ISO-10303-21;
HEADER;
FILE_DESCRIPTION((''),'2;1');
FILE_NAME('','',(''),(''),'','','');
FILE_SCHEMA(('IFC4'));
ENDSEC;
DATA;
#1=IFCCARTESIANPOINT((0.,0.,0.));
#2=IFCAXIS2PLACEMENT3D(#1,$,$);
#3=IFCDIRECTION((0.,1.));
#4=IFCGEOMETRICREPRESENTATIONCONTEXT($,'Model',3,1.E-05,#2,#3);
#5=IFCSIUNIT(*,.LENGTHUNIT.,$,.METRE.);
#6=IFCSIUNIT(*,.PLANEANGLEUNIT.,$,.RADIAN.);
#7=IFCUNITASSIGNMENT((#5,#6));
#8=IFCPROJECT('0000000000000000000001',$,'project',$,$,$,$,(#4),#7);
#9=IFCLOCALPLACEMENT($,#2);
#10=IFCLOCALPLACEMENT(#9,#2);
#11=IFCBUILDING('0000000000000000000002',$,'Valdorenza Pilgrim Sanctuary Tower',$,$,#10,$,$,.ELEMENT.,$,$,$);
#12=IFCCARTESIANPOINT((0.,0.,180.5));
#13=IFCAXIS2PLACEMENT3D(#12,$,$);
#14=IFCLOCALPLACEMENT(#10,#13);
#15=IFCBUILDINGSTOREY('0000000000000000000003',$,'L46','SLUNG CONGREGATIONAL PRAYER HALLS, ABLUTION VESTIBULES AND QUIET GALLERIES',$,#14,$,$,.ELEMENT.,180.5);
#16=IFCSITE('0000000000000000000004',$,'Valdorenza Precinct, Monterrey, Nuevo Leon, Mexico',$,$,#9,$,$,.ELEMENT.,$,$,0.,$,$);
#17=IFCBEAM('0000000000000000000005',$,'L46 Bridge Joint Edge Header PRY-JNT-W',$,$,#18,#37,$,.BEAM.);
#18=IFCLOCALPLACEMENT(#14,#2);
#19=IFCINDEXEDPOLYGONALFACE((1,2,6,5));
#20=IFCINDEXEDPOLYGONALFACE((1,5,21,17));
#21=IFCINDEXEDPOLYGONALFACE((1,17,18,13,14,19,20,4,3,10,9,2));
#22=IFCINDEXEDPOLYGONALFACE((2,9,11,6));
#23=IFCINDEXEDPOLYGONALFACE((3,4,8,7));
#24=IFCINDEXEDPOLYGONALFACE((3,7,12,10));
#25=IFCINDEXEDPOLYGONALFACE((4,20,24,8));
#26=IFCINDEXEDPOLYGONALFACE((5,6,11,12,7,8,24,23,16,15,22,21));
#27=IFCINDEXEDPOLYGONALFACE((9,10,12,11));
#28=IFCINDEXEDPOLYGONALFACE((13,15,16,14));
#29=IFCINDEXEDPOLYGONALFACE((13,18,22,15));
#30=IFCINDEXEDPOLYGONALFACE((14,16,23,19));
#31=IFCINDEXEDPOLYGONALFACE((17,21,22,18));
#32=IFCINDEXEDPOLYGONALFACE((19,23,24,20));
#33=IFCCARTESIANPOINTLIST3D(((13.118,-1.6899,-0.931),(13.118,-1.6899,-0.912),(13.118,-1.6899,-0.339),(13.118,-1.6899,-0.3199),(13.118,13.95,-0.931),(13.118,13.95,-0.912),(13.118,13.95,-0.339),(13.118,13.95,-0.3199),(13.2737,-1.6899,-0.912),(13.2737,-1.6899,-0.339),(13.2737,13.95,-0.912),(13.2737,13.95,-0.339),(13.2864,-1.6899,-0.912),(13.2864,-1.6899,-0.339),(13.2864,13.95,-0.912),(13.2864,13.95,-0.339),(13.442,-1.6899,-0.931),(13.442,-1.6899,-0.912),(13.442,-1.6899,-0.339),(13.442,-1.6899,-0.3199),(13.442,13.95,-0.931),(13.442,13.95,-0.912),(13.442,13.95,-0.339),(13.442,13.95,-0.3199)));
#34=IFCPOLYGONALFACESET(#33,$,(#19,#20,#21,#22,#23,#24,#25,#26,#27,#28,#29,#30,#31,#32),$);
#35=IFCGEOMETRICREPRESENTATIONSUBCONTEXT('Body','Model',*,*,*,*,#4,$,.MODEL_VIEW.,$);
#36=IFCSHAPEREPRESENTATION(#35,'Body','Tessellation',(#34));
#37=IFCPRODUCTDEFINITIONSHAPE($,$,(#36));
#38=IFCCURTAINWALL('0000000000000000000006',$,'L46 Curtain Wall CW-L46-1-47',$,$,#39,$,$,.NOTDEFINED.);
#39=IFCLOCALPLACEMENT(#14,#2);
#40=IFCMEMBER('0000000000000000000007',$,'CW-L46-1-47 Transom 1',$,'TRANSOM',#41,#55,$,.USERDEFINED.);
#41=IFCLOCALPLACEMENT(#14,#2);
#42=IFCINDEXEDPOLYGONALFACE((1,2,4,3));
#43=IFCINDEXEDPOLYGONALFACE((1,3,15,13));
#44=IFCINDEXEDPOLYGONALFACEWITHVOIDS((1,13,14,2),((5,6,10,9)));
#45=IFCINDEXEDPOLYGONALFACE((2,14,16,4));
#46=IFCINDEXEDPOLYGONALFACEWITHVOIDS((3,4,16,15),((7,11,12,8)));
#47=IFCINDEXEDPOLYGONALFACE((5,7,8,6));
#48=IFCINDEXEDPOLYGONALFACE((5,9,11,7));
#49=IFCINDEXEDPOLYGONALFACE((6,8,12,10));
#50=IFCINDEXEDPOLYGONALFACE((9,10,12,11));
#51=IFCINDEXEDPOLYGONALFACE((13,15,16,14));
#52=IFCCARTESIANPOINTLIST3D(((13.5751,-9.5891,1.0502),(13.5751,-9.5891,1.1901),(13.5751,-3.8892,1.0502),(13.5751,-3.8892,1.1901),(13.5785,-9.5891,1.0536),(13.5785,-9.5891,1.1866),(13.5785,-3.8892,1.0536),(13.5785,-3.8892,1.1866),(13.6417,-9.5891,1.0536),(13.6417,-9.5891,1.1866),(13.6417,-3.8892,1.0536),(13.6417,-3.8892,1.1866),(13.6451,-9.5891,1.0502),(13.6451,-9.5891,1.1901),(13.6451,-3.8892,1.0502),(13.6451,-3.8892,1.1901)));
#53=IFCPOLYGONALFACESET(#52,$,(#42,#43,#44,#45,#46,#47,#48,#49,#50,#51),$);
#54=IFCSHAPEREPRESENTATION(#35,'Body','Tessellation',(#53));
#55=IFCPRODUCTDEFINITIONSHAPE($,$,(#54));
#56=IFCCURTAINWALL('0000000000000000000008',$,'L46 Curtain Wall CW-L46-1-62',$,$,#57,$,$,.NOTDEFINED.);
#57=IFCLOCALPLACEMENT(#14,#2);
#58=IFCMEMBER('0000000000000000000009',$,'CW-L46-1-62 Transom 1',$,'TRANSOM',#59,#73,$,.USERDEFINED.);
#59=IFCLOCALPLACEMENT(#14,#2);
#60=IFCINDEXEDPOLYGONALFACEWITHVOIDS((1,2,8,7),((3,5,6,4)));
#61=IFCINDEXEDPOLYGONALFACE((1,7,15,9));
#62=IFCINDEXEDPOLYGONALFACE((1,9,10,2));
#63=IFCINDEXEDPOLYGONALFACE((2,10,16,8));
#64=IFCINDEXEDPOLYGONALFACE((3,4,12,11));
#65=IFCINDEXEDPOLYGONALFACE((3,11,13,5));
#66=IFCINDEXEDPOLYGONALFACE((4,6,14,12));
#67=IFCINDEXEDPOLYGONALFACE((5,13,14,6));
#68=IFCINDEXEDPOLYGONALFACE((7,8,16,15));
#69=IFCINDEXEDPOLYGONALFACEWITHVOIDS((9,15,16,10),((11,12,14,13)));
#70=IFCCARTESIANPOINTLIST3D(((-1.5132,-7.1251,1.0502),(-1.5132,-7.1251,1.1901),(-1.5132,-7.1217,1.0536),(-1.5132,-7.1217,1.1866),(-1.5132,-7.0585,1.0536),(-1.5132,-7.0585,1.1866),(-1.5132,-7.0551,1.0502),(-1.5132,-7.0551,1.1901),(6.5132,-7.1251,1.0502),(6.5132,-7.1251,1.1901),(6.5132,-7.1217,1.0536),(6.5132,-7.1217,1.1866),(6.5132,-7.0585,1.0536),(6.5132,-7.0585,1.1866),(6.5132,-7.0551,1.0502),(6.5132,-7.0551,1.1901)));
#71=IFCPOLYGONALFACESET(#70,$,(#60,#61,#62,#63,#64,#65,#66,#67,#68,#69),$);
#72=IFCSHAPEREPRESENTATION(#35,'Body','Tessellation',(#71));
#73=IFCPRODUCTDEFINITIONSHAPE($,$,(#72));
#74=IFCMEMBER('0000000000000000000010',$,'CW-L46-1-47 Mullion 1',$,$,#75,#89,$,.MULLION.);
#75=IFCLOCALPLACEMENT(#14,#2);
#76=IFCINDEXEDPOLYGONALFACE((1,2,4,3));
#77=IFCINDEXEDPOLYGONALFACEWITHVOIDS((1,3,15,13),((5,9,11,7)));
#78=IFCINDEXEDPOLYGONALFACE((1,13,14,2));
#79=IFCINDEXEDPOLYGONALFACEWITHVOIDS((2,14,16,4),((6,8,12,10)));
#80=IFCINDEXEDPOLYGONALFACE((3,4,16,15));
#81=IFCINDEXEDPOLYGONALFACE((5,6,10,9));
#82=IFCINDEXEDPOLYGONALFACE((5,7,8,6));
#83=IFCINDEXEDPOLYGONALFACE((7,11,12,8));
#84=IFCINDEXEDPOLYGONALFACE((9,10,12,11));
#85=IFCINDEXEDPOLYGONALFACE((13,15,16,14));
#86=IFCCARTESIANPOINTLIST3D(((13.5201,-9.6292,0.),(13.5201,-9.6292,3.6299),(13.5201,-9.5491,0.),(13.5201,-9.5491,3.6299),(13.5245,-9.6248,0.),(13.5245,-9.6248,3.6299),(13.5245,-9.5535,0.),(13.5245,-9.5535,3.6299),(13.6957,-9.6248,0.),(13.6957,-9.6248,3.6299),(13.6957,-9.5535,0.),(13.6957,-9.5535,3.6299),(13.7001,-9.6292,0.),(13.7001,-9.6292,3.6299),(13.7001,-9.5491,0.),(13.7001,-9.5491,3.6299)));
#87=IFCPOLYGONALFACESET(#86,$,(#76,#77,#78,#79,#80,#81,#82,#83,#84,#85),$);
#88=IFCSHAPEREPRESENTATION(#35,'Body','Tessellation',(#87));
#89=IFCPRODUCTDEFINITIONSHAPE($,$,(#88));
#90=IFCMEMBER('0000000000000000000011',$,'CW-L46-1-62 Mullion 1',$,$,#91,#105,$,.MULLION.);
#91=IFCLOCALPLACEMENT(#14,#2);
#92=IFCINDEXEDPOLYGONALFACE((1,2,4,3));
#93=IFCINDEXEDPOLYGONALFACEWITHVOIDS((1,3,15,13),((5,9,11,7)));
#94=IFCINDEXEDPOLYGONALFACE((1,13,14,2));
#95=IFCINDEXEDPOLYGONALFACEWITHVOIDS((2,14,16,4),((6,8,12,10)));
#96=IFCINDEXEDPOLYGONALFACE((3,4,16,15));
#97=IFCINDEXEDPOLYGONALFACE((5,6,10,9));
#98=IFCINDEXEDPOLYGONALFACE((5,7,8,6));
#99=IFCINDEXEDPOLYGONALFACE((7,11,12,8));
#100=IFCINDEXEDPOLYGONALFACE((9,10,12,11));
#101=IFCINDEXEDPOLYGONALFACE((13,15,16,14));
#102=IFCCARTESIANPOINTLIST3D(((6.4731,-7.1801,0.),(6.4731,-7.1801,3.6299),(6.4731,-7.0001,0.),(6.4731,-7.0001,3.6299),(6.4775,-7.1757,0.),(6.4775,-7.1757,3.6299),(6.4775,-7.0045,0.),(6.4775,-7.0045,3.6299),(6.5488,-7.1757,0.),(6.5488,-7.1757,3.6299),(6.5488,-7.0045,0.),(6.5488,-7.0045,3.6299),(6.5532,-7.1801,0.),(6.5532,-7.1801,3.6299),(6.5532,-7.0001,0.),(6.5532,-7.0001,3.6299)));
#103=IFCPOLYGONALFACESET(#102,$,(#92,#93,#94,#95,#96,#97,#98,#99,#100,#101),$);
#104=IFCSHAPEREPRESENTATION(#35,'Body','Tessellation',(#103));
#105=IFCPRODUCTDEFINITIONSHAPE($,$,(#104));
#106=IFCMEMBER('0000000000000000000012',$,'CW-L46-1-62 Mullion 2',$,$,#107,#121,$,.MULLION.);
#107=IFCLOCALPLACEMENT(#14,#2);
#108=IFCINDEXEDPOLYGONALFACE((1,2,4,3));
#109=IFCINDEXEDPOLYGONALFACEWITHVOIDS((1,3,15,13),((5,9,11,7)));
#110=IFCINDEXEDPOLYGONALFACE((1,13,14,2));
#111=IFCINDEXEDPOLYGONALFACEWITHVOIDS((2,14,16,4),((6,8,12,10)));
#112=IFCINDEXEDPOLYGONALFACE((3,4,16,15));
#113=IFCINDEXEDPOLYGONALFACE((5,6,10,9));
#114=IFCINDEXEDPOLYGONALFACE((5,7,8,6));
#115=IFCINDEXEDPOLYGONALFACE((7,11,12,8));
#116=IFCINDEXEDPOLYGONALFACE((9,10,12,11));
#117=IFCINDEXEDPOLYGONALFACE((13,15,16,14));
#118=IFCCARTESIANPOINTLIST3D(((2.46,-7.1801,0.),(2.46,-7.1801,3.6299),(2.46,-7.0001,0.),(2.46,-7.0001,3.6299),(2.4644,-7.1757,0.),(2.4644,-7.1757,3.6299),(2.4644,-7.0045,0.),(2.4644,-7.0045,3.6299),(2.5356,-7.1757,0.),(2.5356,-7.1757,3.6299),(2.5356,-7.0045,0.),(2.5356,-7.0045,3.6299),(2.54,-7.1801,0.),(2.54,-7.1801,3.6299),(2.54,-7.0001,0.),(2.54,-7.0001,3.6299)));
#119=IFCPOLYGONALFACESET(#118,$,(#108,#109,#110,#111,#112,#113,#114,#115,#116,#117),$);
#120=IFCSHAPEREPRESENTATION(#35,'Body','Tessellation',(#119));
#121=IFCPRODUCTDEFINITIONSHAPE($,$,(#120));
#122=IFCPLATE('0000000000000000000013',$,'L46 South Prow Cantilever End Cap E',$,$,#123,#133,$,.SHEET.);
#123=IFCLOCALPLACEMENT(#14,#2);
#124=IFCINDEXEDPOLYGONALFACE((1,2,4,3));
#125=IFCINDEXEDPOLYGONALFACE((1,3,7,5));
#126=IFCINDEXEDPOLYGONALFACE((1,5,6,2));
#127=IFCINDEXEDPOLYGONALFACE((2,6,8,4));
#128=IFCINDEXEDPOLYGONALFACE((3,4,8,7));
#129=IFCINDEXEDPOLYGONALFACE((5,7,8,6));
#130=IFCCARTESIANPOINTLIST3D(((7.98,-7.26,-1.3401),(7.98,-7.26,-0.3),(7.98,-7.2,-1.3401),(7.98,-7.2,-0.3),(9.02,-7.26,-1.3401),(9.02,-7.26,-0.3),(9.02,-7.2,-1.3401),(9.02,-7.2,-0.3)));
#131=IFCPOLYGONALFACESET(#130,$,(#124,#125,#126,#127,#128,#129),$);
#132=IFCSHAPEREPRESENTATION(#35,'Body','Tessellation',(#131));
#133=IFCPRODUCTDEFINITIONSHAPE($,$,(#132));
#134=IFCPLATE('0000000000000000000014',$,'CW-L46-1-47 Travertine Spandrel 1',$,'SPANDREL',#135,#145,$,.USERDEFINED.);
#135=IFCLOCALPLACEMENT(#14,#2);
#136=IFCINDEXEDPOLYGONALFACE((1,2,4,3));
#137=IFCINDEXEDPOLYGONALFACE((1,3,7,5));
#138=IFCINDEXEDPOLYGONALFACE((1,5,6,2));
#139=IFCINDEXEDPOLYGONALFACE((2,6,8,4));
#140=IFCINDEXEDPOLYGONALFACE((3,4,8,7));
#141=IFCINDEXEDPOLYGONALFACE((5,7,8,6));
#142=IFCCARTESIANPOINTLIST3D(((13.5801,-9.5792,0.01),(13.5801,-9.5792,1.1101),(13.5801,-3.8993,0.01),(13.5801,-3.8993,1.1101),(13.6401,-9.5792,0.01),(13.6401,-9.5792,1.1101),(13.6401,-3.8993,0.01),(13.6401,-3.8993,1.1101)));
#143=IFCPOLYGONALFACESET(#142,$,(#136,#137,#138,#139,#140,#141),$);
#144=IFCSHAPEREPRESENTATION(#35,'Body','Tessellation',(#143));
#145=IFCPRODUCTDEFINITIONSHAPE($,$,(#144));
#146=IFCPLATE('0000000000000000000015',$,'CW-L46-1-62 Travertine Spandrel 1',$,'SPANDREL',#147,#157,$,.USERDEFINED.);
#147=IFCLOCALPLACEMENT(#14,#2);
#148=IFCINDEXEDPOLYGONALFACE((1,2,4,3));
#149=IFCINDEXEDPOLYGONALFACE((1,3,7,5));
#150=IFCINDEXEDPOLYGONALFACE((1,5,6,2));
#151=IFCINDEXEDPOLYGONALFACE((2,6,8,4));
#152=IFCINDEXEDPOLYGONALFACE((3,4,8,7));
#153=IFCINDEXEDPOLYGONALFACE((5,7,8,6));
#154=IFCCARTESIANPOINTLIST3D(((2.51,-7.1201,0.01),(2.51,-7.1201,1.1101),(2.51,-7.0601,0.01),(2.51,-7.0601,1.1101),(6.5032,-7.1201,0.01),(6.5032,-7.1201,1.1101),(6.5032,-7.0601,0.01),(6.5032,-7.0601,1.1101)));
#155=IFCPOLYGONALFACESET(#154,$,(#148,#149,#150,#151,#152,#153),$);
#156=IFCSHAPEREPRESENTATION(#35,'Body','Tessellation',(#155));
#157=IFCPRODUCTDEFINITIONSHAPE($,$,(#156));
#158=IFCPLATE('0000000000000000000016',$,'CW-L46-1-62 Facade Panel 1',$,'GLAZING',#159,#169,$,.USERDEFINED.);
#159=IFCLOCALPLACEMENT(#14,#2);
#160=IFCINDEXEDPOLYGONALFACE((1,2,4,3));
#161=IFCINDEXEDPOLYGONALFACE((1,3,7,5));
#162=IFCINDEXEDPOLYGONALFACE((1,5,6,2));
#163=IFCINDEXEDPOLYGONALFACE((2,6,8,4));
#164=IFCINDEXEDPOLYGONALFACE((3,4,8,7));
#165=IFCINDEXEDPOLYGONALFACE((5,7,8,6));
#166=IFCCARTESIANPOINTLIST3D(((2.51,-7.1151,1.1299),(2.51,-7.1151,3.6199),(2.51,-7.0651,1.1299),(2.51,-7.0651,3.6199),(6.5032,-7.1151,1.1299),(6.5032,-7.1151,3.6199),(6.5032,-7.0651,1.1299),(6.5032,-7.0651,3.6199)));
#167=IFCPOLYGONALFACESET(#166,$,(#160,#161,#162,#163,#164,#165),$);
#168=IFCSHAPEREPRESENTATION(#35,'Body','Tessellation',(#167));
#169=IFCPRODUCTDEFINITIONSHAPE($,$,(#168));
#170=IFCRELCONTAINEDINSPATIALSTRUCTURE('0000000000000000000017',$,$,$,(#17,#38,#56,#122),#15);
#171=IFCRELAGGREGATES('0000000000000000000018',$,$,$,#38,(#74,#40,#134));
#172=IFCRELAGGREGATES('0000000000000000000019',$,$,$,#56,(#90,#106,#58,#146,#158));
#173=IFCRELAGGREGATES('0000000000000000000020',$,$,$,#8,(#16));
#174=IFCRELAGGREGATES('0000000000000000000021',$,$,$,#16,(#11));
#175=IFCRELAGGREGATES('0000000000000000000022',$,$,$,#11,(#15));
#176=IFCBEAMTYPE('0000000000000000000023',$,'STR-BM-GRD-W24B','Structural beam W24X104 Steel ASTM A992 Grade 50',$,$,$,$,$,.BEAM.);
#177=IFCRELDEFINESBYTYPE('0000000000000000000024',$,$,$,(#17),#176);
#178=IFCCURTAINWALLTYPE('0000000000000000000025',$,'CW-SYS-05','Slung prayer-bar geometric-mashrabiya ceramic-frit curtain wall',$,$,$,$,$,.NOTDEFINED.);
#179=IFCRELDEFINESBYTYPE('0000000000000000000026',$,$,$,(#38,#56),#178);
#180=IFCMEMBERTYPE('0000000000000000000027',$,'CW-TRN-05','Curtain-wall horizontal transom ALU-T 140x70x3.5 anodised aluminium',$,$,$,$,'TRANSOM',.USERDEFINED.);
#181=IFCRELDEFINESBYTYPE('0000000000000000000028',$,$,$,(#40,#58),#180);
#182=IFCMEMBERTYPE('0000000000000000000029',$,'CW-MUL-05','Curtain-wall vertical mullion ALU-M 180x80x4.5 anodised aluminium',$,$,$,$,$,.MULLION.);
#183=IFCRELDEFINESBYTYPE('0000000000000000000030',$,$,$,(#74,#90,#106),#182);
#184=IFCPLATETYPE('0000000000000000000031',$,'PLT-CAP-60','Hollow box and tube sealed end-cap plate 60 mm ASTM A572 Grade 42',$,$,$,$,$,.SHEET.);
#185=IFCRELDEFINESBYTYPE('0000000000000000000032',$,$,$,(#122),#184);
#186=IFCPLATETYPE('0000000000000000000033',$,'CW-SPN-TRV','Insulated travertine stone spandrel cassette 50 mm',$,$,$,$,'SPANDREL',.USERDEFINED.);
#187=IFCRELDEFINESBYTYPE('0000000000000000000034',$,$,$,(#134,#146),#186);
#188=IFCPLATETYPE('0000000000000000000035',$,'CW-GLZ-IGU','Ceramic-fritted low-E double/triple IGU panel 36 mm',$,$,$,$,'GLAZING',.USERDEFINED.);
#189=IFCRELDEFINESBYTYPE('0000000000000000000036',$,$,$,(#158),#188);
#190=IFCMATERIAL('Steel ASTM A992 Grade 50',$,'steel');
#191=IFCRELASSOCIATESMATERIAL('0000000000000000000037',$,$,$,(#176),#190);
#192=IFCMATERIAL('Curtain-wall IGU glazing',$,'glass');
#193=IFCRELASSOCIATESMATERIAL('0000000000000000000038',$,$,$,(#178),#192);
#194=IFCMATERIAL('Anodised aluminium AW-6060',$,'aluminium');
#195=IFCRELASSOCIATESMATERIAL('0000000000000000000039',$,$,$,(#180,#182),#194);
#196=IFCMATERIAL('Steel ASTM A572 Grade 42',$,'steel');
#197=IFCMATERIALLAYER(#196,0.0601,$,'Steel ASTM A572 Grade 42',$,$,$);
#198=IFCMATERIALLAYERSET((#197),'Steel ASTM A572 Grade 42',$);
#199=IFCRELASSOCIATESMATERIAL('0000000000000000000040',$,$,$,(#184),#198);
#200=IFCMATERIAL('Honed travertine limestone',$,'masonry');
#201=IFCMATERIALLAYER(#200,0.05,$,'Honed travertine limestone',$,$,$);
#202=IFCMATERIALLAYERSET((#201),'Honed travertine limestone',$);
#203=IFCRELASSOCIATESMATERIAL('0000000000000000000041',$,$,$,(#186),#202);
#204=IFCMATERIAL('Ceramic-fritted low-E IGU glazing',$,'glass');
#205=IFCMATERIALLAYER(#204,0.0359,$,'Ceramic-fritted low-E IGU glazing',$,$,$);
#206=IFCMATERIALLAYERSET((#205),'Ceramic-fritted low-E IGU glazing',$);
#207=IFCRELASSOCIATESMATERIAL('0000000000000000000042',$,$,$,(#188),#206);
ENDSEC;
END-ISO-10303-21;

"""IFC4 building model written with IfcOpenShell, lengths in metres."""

from ifc_helpers import new_model, si_unit, direction, frame, origin, origin_2d, place, context, subcontext, project, spatial, rectangle, hollow_rectangle, i_section, extrude, source, transform, mapped, material, layer, layer_set, material_profile, profile_set, type_object, element, aggregate, save


model = new_model("IFC4")

# Units and contexts
model_context = context("Model", 3, precision=1e-05, world=origin(), true_north=direction((0.0, 1.0)))
body_context = subcontext(model_context, "Body", "Model", "MODEL_VIEW")
ifc_project = project(units=[si_unit("LENGTHUNIT", "METRE"), si_unit("PLANEANGLEUNIT", "RADIAN")], contexts=[model_context])

# Site, building, storey
site_placement = place(None, origin())
site = spatial("IfcSite", under=ifc_project, at=site_placement, Name="Valdorenza Precinct, Monterrey, Nuevo Leon, Mexico", CompositionType="ELEMENT", RefElevation=0.0)
building_placement = place(site_placement, origin())
building = spatial("IfcBuilding", under=site, at=building_placement, Name="Valdorenza Pilgrim Sanctuary Tower", CompositionType="ELEMENT")
storey_placement = place(building_placement, frame((0.0, 0.0, 180.5)))
storey = spatial("IfcBuildingStorey", under=building, at=storey_placement, Name="L46", Description="SLUNG CONGREGATIONAL PRAYER HALLS, ABLUTION VESTIBULES AND QUIET GALLERIES", CompositionType="ELEMENT", Elevation=180.5)

# Beam
ifc_material_1 = material(Name="Steel ASTM A992 Grade 50", Category="steel")
ifc_material_profile_1 = material_profile(ifc_material_1, i_section(OverallWidth=0.324, OverallDepth=0.6111, WebThickness=0.0127, FlangeThickness=0.019, at=origin_2d()), Name="W24X104")
ifc_profile_set_1 = profile_set([ifc_material_profile_1], Name="Steel ASTM A992 Grade 50")
beam_type = type_object("IfcBeamType", Name="STR-BM-GRD-W24B", Description="Structural beam W24X104 Steel ASTM A992 Grade 50", PredefinedType="BEAM", material=ifc_profile_set_1)
shared_shape_1 = source(origin(), body_context, "Body", "SweptSolid", [
    extrude(i_section(OverallWidth=0.324, OverallDepth=0.6111, WebThickness=0.0127, FlangeThickness=0.019, at=origin_2d()), origin(), (0.0, 0.0, 1.0), 15.6399),
])
beam_placement = place(storey_placement, frame((13.28, -1.6899, -0.6255), z_axis=(0.0, 1.0, 0.0), x_axis=(-1.0, 0.0, 0.0)))
element("IfcBeam", 1, at=beam_placement, inside=storey, type_object=beam_type, Name="L46 Bridge Joint Edge Header PRY-JNT-W", PredefinedType="BEAM", context=body_context, shape_type="MappedRepresentation", body=[
    mapped(shared_shape_1, transform((0.0, 0.0, 0.0), x_axis=(1.0, 0.0, 0.0), y_axis=(0.0, 1.0, 0.0), z_axis=(0.0, 0.0, 1.0), scale=1.0)),
])

# Curtain walls, members
ifc_material_2 = material(Name="Curtain-wall IGU glazing", Category="glass")
curtain_wall_type = type_object("IfcCurtainWallType", Name="CW-SYS-05", Description="Slung prayer-bar geometric-mashrabiya ceramic-frit curtain wall", PredefinedType="NOTDEFINED", material=ifc_material_2)
curtain_wall_1_placement = place(storey_placement, origin())
curtain_wall_1 = element("IfcCurtainWall", 2, at=curtain_wall_1_placement, inside=storey, type_object=curtain_wall_type, Name="L46 Curtain Wall CW-L46-1-47", PredefinedType="NOTDEFINED")
ifc_material_3 = material(Name="Anodised aluminium AW-6060", Category="aluminium")
ifc_material_profile_2 = material_profile(ifc_material_3, hollow_rectangle(XDim=0.0701, YDim=0.1399, WallThickness=0.0034, at=origin_2d()), Name="ALU-T 140x70x3.5")
ifc_profile_set_2 = profile_set([ifc_material_profile_2], Name="Anodised aluminium AW-6060")
member_type_1 = type_object("IfcMemberType", Name="CW-TRN-05", Description="Curtain-wall horizontal transom ALU-T 140x70x3.5 anodised aluminium", ElementType="TRANSOM", PredefinedType="USERDEFINED", material=ifc_profile_set_2)
shared_shape_2 = source(origin(), body_context, "Body", "SweptSolid", [
    extrude(hollow_rectangle(XDim=0.0701, YDim=0.1399, WallThickness=0.0034, at=origin_2d()), origin(), (0.0, 0.0, 1.0), 5.7),
])
member_1_placement = place(storey_placement, frame((13.6101, -9.5891, 1.1201), z_axis=(0.0, 1.0, 0.0), x_axis=(-1.0, 0.0, 0.0)))
member_1 = element("IfcMember", 3, at=member_1_placement, type_object=member_type_1, Name="CW-L46-1-47 Transom 1", ObjectType="TRANSOM", PredefinedType="USERDEFINED", context=body_context, shape_type="MappedRepresentation", body=[
    mapped(shared_shape_2, transform((0.0, 0.0, 0.0), x_axis=(1.0, 0.0, 0.0), y_axis=(0.0, 1.0, 0.0), z_axis=(0.0, 0.0, 1.0), scale=1.0)),
])
curtain_wall_2_placement = place(storey_placement, origin())
curtain_wall_2 = element("IfcCurtainWall", 4, at=curtain_wall_2_placement, inside=storey, type_object=curtain_wall_type, Name="L46 Curtain Wall CW-L46-1-62", PredefinedType="NOTDEFINED")
shared_shape_3 = source(origin(), body_context, "Body", "SweptSolid", [
    extrude(hollow_rectangle(XDim=0.0701, YDim=0.1399, WallThickness=0.0034, at=origin_2d()), origin(), (0.0, 0.0, 1.0), 8.0264),
])
member_2_placement = place(storey_placement, frame((6.5132, -7.0901, 1.1201), z_axis=(-1.0, 0.0, 0.0), x_axis=(0.0, -1.0, 0.0)))
member_2 = element("IfcMember", 5, at=member_2_placement, type_object=member_type_1, Name="CW-L46-1-62 Transom 1", ObjectType="TRANSOM", PredefinedType="USERDEFINED", context=body_context, shape_type="MappedRepresentation", body=[
    mapped(shared_shape_3, transform((0.0, 0.0, 0.0), x_axis=(1.0, 0.0, 0.0), y_axis=(0.0, 1.0, 0.0), z_axis=(0.0, 0.0, 1.0), scale=1.0)),
])

# Members
ifc_material_profile_3 = material_profile(ifc_material_3, hollow_rectangle(XDim=0.0801, YDim=0.1799, WallThickness=0.0044, at=origin_2d()), Name="ALU-M 180x80x4.5")
ifc_profile_set_3 = profile_set([ifc_material_profile_3], Name="Anodised aluminium AW-6060")
member_type_2 = type_object("IfcMemberType", Name="CW-MUL-05", Description="Curtain-wall vertical mullion ALU-M 180x80x4.5 anodised aluminium", PredefinedType="MULLION", material=ifc_profile_set_3)
shared_shape_4 = source(origin(), body_context, "Body", "SweptSolid", [
    extrude(hollow_rectangle(XDim=0.0801, YDim=0.1799, WallThickness=0.0044, at=origin_2d()), origin(), (0.0, 0.0, 1.0), 3.6299),
])
member_3_placement = place(storey_placement, frame((13.6101, -9.5891, 0.0), z_axis=(0.0, 0.0, 1.0), x_axis=(0.0, 1.0, 0.0)))
member_3 = element("IfcMember", 6, at=member_3_placement, type_object=member_type_2, Name="CW-L46-1-47 Mullion 1", PredefinedType="MULLION", context=body_context, shape_type="MappedRepresentation", body=[
    mapped(shared_shape_4, transform((0.0, 0.0, 0.0), x_axis=(1.0, 0.0, 0.0), y_axis=(0.0, 1.0, 0.0), z_axis=(0.0, 0.0, 1.0), scale=1.0)),
])
member_4_placement = place(storey_placement, frame((6.5132, -7.0901, 0.0), z_axis=(0.0, 0.0, 1.0), x_axis=(-1.0, 0.0, 0.0)))
member_4 = element("IfcMember", 7, at=member_4_placement, type_object=member_type_2, Name="CW-L46-1-62 Mullion 1", PredefinedType="MULLION", context=body_context, shape_type="MappedRepresentation", body=[
    mapped(shared_shape_4, transform((0.0, 0.0, 0.0), x_axis=(1.0, 0.0, 0.0), y_axis=(0.0, 1.0, 0.0), z_axis=(0.0, 0.0, 1.0), scale=1.0)),
])
member_5_placement = place(storey_placement, frame((2.5, -7.0901, 0.0), z_axis=(0.0, 0.0, 1.0), x_axis=(-1.0, 0.0, 0.0)))
member_5 = element("IfcMember", 8, at=member_5_placement, type_object=member_type_2, Name="CW-L46-1-62 Mullion 2", PredefinedType="MULLION", context=body_context, shape_type="MappedRepresentation", body=[
    mapped(shared_shape_4, transform((0.0, 0.0, 0.0), x_axis=(1.0, 0.0, 0.0), y_axis=(0.0, 1.0, 0.0), z_axis=(0.0, 0.0, 1.0), scale=1.0)),
])

# Plates
ifc_material_4 = material(Name="Steel ASTM A572 Grade 42", Category="steel")
ifc_layer_1 = layer(ifc_material_4, 0.0601, Name="Steel ASTM A572 Grade 42")
ifc_layer_set_1 = layer_set([ifc_layer_1], Name="Steel ASTM A572 Grade 42")
plate_type_1 = type_object("IfcPlateType", Name="PLT-CAP-60", Description="Hollow box and tube sealed end-cap plate 60 mm ASTM A572 Grade 42", PredefinedType="SHEET", material=ifc_layer_set_1)
shared_shape_5 = source(origin(), body_context, "Body", "SweptSolid", [
    extrude(rectangle(XDim=1.04, YDim=0.0601, at=origin_2d()), origin(), (0.0, 0.0, 1.0), 1.04),
])
plate_1_placement = place(storey_placement, frame((8.5, -7.23, -1.3401), z_axis=(0.0, 0.0, 1.0), x_axis=(1.0, 0.0, 0.0)))
element("IfcPlate", 9, at=plate_1_placement, inside=storey, type_object=plate_type_1, Name="L46 South Prow Cantilever End Cap E", PredefinedType="SHEET", context=body_context, shape_type="MappedRepresentation", body=[
    mapped(shared_shape_5, transform((0.0, 0.0, 0.0), x_axis=(1.0, 0.0, 0.0), y_axis=(0.0, 1.0, 0.0), z_axis=(0.0, 0.0, 1.0), scale=1.0)),
])
ifc_material_5 = material(Name="Honed travertine limestone", Category="masonry")
ifc_layer_2 = layer(ifc_material_5, 0.05, Name="Honed travertine limestone")
ifc_layer_set_2 = layer_set([ifc_layer_2], Name="Honed travertine limestone")
plate_type_2 = type_object("IfcPlateType", Name="CW-SPN-TRV", Description="Insulated travertine stone spandrel cassette 50 mm", ElementType="SPANDREL", PredefinedType="USERDEFINED", material=ifc_layer_set_2)
shared_shape_6 = source(origin(), body_context, "Body", "SweptSolid", [
    extrude(rectangle(XDim=5.6799, YDim=0.0601, at=origin_2d()), origin(), (0.0, 0.0, 1.0), 1.1001),
])
plate_2_placement = place(storey_placement, frame((13.6101, -6.7393, 0.01), z_axis=(0.0, 0.0, 1.0), x_axis=(0.0, 1.0, 0.0)))
plate_2 = element("IfcPlate", 10, at=plate_2_placement, type_object=plate_type_2, Name="CW-L46-1-47 Travertine Spandrel 1", ObjectType="SPANDREL", PredefinedType="USERDEFINED", context=body_context, shape_type="MappedRepresentation", body=[
    mapped(shared_shape_6, transform((0.0, 0.0, 0.0), x_axis=(1.0, 0.0, 0.0), y_axis=(0.0, 1.0, 0.0), z_axis=(0.0, 0.0, 1.0), scale=1.0)),
])
aggregate(curtain_wall_1, [member_3, member_1, plate_2])
shared_shape_7 = source(origin(), body_context, "Body", "SweptSolid", [
    extrude(rectangle(XDim=3.9932, YDim=0.0601, at=origin_2d()), origin(), (0.0, 0.0, 1.0), 1.1001),
])
plate_3_placement = place(storey_placement, frame((4.5066, -7.0901, 0.01), z_axis=(0.0, 0.0, 1.0), x_axis=(-1.0, 0.0, 0.0)))
plate_3 = element("IfcPlate", 11, at=plate_3_placement, type_object=plate_type_2, Name="CW-L46-1-62 Travertine Spandrel 1", ObjectType="SPANDREL", PredefinedType="USERDEFINED", context=body_context, shape_type="MappedRepresentation", body=[
    mapped(shared_shape_7, transform((0.0, 0.0, 0.0), x_axis=(1.0, 0.0, 0.0), y_axis=(0.0, 1.0, 0.0), z_axis=(0.0, 0.0, 1.0), scale=1.0)),
])
ifc_material_6 = material(Name="Ceramic-fritted low-E IGU glazing", Category="glass")
ifc_layer_3 = layer(ifc_material_6, 0.0359, Name="Ceramic-fritted low-E IGU glazing")
ifc_layer_set_3 = layer_set([ifc_layer_3], Name="Ceramic-fritted low-E IGU glazing")
plate_type_3 = type_object("IfcPlateType", Name="CW-GLZ-IGU", Description="Ceramic-fritted low-E double/triple IGU panel 36 mm", ElementType="GLAZING", PredefinedType="USERDEFINED", material=ifc_layer_set_3)
shared_shape_8 = source(origin(), body_context, "Body", "SweptSolid", [
    extrude(rectangle(XDim=3.9932, YDim=0.05, at=origin_2d()), origin(), (0.0, 0.0, 1.0), 2.49),
])
plate_4_placement = place(storey_placement, frame((4.5066, -7.0901, 1.1299), z_axis=(0.0, 0.0, 1.0), x_axis=(-1.0, 0.0, 0.0)))
plate_4 = element("IfcPlate", 12, at=plate_4_placement, type_object=plate_type_3, Name="CW-L46-1-62 Facade Panel 1", ObjectType="GLAZING", PredefinedType="USERDEFINED", context=body_context, shape_type="MappedRepresentation", body=[
    mapped(shared_shape_8, transform((0.0, 0.0, 0.0), x_axis=(1.0, 0.0, 0.0), y_axis=(0.0, 1.0, 0.0), z_axis=(0.0, 0.0, 1.0), scale=1.0)),
])
aggregate(curtain_wall_2, [member_4, member_5, member_2, plate_3, plate_4])

save(model, "model.ifc")
